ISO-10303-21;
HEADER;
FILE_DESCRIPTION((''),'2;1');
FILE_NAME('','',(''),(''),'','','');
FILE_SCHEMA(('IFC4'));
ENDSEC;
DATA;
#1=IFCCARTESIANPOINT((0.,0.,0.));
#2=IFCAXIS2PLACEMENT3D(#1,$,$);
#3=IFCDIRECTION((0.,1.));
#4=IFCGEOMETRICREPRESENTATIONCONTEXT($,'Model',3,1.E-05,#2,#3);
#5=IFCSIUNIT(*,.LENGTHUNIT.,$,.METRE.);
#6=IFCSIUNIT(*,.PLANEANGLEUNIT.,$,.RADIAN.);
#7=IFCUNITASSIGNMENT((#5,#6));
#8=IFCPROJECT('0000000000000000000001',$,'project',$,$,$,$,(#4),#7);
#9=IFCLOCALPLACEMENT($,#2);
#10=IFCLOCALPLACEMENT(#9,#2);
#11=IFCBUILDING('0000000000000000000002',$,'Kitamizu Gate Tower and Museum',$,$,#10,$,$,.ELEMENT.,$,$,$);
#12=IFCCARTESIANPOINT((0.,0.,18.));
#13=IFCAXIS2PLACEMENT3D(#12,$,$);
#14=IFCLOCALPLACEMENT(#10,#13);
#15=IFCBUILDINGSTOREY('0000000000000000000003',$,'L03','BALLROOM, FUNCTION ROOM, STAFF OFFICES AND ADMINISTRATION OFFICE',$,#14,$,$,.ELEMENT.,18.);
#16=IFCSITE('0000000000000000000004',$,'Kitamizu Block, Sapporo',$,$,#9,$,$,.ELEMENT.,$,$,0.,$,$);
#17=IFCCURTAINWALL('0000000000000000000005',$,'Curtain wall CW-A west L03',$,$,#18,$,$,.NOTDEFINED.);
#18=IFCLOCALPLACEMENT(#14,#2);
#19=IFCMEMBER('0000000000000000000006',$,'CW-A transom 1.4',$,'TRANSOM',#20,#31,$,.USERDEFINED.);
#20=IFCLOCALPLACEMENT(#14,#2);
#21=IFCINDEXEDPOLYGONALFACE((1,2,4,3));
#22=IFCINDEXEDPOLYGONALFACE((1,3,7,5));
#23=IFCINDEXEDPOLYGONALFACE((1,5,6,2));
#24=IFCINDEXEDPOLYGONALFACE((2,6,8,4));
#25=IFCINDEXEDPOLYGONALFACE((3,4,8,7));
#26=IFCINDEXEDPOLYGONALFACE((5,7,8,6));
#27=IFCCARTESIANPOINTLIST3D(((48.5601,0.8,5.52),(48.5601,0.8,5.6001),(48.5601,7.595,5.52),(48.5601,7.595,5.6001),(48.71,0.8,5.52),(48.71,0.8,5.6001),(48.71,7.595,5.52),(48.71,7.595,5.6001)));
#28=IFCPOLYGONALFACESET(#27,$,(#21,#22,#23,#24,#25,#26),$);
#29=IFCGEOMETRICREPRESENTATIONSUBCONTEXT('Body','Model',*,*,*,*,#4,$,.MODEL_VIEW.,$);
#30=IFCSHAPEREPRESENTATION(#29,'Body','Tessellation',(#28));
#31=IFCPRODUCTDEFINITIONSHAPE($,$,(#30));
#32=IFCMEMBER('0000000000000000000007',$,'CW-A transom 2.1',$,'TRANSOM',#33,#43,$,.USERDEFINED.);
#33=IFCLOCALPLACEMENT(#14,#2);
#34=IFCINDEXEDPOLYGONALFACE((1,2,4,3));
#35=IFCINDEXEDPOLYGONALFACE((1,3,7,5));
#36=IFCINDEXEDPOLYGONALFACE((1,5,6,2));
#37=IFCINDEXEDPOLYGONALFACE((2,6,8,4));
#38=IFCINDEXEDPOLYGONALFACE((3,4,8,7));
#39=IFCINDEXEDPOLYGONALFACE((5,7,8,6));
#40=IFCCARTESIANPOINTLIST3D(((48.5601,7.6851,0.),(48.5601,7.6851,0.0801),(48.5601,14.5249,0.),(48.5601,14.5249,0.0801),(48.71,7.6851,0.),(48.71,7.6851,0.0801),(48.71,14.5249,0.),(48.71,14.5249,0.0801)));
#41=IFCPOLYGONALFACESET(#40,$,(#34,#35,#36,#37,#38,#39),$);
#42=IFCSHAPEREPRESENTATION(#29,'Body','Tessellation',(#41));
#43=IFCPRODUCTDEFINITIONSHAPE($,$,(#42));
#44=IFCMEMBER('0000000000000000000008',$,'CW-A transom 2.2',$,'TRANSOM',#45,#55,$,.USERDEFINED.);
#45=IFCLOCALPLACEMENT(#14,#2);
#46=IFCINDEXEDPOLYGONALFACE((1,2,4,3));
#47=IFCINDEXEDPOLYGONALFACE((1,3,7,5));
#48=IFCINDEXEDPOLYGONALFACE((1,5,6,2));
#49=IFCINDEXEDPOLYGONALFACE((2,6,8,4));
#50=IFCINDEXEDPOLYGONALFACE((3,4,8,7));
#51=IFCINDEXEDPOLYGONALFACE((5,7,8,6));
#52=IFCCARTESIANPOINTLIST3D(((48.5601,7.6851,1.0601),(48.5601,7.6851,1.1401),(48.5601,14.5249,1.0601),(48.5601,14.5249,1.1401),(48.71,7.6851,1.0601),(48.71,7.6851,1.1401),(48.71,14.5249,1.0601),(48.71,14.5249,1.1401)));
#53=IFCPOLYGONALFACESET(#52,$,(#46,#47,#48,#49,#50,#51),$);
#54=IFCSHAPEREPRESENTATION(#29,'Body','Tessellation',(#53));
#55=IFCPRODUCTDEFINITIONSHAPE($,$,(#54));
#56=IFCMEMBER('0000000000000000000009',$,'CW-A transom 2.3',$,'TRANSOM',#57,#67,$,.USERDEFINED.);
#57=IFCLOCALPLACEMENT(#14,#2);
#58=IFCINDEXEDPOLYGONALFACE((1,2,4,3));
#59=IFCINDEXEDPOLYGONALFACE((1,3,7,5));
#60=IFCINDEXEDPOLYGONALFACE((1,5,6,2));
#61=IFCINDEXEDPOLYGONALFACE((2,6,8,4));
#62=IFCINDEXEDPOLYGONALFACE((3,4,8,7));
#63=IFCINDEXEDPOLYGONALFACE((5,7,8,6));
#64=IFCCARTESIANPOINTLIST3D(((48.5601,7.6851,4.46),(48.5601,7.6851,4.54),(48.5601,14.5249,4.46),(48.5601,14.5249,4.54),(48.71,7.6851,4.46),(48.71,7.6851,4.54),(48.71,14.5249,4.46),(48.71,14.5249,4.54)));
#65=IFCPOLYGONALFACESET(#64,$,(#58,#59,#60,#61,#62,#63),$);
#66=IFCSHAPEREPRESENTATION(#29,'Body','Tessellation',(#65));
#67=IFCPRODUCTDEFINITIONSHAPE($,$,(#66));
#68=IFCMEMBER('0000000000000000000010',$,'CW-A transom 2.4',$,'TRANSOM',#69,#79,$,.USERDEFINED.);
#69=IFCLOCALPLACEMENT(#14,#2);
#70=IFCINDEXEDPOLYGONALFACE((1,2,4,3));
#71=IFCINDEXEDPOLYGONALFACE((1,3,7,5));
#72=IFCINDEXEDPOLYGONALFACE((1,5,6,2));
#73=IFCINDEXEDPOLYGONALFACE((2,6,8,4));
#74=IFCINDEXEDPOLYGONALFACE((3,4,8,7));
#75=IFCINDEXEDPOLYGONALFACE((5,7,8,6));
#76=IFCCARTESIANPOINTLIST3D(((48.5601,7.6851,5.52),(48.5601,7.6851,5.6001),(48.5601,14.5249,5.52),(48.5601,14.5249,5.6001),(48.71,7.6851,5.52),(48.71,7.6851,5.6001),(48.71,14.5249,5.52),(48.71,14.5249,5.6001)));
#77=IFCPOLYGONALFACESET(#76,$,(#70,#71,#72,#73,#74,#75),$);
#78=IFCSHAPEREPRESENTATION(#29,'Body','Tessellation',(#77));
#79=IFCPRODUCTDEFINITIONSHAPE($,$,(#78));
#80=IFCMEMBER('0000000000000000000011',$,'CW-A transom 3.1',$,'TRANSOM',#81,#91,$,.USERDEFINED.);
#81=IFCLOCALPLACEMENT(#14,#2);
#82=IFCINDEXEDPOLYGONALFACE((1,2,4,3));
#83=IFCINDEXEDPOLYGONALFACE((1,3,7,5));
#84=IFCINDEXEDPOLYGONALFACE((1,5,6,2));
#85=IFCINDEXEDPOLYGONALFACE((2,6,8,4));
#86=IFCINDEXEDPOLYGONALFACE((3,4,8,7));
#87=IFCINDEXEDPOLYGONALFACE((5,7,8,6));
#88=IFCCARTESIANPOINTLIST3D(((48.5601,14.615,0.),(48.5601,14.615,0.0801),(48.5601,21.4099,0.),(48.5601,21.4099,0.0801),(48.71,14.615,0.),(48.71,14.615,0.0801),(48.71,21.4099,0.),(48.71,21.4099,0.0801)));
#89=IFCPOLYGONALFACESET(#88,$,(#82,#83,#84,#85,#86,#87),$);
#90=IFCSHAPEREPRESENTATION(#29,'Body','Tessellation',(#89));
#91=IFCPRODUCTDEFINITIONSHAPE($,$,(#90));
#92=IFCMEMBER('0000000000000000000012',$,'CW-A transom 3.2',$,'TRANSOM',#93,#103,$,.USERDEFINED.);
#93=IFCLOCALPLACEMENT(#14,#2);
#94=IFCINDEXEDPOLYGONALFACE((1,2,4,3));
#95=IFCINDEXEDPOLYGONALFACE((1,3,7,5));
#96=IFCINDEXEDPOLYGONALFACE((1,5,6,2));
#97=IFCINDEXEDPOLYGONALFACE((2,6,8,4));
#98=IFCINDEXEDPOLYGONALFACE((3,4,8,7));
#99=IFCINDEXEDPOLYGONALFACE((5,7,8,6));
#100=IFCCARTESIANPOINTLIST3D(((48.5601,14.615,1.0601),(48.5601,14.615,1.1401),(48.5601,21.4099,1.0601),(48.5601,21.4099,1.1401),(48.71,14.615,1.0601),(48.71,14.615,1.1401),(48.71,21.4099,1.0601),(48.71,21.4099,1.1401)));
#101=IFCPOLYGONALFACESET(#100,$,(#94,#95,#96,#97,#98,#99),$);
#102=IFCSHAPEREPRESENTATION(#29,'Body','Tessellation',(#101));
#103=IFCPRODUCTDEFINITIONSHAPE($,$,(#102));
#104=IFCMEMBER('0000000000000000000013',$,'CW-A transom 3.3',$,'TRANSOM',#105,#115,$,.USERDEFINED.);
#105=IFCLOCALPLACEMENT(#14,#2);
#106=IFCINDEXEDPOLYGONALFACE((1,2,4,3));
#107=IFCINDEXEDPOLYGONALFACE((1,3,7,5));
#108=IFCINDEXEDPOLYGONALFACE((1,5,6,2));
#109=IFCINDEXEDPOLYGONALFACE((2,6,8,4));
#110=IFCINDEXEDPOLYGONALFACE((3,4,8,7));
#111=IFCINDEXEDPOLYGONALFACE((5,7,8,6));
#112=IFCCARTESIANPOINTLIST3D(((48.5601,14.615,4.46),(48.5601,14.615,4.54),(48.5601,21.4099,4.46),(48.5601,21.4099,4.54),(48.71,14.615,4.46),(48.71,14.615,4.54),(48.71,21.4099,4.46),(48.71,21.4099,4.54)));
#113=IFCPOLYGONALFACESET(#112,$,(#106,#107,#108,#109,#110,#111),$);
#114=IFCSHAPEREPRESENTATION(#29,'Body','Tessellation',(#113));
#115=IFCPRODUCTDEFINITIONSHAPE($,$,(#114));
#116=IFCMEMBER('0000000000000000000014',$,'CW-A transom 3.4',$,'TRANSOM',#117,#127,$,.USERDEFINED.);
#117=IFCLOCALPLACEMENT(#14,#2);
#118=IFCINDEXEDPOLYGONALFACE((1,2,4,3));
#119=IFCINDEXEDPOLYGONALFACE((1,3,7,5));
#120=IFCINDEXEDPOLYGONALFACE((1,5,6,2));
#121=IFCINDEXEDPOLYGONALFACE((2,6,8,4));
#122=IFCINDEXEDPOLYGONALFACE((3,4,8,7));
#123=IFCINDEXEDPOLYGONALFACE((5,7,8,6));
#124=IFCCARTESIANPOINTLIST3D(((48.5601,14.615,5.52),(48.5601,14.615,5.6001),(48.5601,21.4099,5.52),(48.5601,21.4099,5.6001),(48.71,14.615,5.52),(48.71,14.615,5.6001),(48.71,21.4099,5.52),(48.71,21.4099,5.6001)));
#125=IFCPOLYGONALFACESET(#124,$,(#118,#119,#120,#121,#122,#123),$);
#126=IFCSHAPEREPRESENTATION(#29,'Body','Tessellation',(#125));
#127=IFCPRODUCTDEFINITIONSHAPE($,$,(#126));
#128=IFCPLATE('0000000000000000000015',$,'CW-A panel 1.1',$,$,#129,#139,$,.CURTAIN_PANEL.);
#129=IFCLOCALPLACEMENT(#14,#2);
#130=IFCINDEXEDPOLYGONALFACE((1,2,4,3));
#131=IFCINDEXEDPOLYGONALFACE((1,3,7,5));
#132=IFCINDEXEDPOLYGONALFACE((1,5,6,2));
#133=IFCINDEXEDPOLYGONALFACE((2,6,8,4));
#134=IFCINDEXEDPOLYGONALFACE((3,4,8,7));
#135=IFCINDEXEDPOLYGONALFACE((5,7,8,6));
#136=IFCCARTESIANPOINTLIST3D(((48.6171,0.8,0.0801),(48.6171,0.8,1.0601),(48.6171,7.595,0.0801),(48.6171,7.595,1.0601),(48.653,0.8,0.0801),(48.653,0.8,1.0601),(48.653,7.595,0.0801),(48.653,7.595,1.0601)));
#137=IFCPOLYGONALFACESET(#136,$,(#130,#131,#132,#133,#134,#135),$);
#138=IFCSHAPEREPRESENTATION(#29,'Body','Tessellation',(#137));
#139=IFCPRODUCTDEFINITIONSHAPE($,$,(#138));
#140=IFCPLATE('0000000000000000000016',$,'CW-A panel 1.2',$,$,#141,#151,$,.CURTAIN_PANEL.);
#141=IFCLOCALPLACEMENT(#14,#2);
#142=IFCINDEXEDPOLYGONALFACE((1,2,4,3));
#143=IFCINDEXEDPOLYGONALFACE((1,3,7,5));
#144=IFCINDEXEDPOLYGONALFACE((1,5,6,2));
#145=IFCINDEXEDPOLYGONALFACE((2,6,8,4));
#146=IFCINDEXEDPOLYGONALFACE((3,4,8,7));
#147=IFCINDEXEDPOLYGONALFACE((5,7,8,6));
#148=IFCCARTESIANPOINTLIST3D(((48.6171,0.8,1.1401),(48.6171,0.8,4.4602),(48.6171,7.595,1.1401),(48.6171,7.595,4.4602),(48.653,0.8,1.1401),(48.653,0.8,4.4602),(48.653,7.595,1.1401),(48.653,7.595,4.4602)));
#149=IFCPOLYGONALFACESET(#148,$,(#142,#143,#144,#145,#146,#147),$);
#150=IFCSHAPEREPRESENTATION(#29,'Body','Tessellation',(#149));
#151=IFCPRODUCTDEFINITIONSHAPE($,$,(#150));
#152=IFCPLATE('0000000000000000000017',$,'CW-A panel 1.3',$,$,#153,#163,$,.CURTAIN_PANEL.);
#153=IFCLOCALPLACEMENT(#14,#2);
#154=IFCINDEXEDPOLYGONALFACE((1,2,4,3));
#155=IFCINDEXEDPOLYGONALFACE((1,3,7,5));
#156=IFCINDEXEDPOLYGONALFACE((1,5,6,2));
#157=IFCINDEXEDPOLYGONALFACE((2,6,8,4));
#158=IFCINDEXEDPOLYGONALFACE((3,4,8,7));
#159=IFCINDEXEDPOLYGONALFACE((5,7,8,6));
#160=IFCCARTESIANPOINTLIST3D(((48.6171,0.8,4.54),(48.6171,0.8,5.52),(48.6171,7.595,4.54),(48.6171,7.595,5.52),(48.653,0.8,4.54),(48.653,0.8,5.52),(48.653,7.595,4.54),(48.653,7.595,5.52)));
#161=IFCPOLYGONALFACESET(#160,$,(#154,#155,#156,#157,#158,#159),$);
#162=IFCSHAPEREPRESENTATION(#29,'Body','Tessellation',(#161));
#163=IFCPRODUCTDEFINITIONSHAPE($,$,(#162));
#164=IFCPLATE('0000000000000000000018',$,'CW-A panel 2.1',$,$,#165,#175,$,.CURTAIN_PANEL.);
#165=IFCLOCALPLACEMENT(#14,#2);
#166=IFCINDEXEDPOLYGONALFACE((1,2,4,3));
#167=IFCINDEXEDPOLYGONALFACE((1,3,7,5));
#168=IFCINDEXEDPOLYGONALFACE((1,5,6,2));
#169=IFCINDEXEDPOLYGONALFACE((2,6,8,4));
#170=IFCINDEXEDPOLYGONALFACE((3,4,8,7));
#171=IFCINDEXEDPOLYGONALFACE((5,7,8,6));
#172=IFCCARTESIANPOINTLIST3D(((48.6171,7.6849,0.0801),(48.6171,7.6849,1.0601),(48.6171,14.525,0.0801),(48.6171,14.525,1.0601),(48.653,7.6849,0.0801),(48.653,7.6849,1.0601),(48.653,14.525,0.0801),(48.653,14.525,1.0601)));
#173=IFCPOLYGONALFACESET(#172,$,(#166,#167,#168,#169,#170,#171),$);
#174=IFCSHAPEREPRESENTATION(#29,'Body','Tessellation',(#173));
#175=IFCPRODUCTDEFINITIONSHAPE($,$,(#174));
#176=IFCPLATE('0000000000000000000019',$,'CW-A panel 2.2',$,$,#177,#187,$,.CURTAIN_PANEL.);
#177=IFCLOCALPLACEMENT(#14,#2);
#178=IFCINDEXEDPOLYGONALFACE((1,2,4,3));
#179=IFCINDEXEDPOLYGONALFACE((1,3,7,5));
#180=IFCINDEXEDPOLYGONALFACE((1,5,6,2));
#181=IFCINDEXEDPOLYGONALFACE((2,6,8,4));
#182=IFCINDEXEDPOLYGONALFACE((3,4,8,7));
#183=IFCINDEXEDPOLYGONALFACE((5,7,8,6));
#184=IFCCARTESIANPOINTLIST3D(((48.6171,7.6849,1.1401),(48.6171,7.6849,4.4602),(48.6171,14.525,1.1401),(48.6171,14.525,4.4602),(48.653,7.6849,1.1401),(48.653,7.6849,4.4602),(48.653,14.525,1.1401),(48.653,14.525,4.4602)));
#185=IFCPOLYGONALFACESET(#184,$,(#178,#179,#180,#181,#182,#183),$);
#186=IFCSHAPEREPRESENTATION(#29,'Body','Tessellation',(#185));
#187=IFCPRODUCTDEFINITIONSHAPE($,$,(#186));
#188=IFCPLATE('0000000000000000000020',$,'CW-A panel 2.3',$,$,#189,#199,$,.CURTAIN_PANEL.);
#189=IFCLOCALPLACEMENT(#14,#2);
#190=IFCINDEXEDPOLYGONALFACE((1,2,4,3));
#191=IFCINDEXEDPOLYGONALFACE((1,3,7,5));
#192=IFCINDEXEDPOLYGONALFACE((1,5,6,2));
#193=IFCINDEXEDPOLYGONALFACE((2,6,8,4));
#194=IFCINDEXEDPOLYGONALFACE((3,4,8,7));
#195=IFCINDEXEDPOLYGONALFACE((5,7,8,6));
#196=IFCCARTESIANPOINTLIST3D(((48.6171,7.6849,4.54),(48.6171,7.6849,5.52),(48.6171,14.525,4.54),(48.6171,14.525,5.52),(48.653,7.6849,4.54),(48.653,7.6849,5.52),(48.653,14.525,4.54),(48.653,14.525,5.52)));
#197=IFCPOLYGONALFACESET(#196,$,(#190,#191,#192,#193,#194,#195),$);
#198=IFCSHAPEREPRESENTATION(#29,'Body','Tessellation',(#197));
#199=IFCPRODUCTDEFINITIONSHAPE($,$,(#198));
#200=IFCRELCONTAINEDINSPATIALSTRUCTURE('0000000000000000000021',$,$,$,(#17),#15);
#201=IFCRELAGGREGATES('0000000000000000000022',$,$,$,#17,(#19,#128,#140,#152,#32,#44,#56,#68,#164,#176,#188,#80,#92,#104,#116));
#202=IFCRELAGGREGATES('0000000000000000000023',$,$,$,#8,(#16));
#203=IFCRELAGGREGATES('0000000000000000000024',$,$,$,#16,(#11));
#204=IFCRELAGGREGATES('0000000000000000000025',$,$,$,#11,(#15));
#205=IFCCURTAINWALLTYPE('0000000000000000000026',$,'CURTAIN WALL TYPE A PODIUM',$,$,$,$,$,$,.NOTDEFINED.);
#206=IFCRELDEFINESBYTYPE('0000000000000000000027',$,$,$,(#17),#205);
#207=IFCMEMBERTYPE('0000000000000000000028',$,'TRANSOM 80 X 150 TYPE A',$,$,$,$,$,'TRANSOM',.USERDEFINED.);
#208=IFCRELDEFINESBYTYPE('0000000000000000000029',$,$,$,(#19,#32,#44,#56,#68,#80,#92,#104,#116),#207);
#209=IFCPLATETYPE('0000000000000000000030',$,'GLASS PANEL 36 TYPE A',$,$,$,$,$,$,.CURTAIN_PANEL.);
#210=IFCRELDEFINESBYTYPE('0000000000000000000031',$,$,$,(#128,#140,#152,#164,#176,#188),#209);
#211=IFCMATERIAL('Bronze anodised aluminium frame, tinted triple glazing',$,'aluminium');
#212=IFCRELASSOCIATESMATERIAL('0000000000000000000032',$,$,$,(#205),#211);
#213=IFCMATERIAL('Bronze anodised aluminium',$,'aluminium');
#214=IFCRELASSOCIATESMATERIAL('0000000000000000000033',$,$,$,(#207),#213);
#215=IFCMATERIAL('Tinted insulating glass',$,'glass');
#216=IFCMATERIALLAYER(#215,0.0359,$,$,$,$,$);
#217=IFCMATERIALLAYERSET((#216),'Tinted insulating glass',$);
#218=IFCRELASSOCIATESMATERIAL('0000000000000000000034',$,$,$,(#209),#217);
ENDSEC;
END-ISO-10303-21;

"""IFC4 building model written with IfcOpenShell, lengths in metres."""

from ifc_helpers import new_model, si_unit, direction, frame, origin, origin_2d, place, context, subcontext, project, spatial, rectangle, extrude, material, layer, layer_set, material_profile, profile_set, type_object, element, aggregate, save


model = new_model("IFC4")

# Units and contexts
model_context = context("Model", 3, precision=1e-05, world=origin(), true_north=direction((0.0, 1.0)))
body_context = subcontext(model_context, "Body", "Model", "MODEL_VIEW")
ifc_project = project(units=[si_unit("LENGTHUNIT", "METRE"), si_unit("PLANEANGLEUNIT", "RADIAN")], contexts=[model_context])

# Site, building, storey
site_placement = place(None, origin())
site = spatial("IfcSite", under=ifc_project, at=site_placement, Name="Kitamizu Block, Sapporo", CompositionType="ELEMENT", RefElevation=0.0)
building_placement = place(site_placement, origin())
building = spatial("IfcBuilding", under=site, at=building_placement, Name="Kitamizu Gate Tower and Museum", CompositionType="ELEMENT")
storey_placement = place(building_placement, frame((0.0, 0.0, 18.0)))
storey = spatial("IfcBuildingStorey", under=building, at=storey_placement, Name="L03", Description="BALLROOM, FUNCTION ROOM, STAFF OFFICES AND ADMINISTRATION OFFICE", CompositionType="ELEMENT", Elevation=18.0)

# Curtain wall, members, plates
ifc_material_1 = material(Name="Bronze anodised aluminium frame, tinted triple glazing", Category="aluminium")
curtain_wall_type = type_object("IfcCurtainWallType", Name="CURTAIN WALL TYPE A PODIUM", PredefinedType="NOTDEFINED", material=ifc_material_1)
curtain_wall_placement = place(storey_placement, origin())
curtain_wall = element("IfcCurtainWall", 1, at=curtain_wall_placement, inside=storey, type_object=curtain_wall_type, Name="Curtain wall CW-A west L03", PredefinedType="NOTDEFINED")
ifc_material_2 = material(Name="Bronze anodised aluminium", Category="aluminium")
ifc_material_profile_1 = material_profile(ifc_material_2, rectangle(XDim=0.1499, YDim=0.0801, at=origin_2d()), Name="AL 80X150")
ifc_profile_set_1 = profile_set([ifc_material_profile_1], Name="Bronze anodised aluminium")
member_type_1 = type_object("IfcMemberType", Name="TRANSOM 80 X 150 TYPE A", ElementType="TRANSOM", PredefinedType="USERDEFINED", material=ifc_profile_set_1)
member_1_placement = place(storey_placement, frame((48.635, 0.8, 5.5601), z_axis=(0.0, 1.0, 0.0), x_axis=(-1.0, 0.0, 0.0)))
member_1 = element("IfcMember", 2, at=member_1_placement, type_object=member_type_1, Name="CW-A transom 1.4", ObjectType="TRANSOM", PredefinedType="USERDEFINED", context=body_context, shape_type="SweptSolid", body=[
    extrude(rectangle(XDim=0.1499, YDim=0.0801, at=origin_2d()), origin(), (0.0, 0.0, 1.0), 6.7949),
])
member_2_placement = place(storey_placement, frame((48.635, 7.6851, 0.04), z_axis=(0.0, 1.0, 0.0), x_axis=(-1.0, 0.0, 0.0)))
member_2 = element("IfcMember", 3, at=member_2_placement, type_object=member_type_1, Name="CW-A transom 2.1", ObjectType="TRANSOM", PredefinedType="USERDEFINED", context=body_context, shape_type="SweptSolid", body=[
    extrude(rectangle(XDim=0.1499, YDim=0.0801, at=origin_2d()), origin(), (0.0, 0.0, 1.0), 6.8398),
])
member_3_placement = place(storey_placement, frame((48.635, 7.6851, 1.1001), z_axis=(0.0, 1.0, 0.0), x_axis=(-1.0, 0.0, 0.0)))
member_3 = element("IfcMember", 4, at=member_3_placement, type_object=member_type_1, Name="CW-A transom 2.2", ObjectType="TRANSOM", PredefinedType="USERDEFINED", context=body_context, shape_type="SweptSolid", body=[
    extrude(rectangle(XDim=0.1499, YDim=0.0801, at=origin_2d()), origin(), (0.0, 0.0, 1.0), 6.8398),
])
member_4_placement = place(storey_placement, frame((48.635, 7.6851, 4.5), z_axis=(0.0, 1.0, 0.0), x_axis=(-1.0, 0.0, 0.0)))
member_4 = element("IfcMember", 5, at=member_4_placement, type_object=member_type_1, Name="CW-A transom 2.3", ObjectType="TRANSOM", PredefinedType="USERDEFINED", context=body_context, shape_type="SweptSolid", body=[
    extrude(rectangle(XDim=0.1499, YDim=0.0801, at=origin_2d()), origin(), (0.0, 0.0, 1.0), 6.8398),
])
member_5_placement = place(storey_placement, frame((48.635, 7.6851, 5.5601), z_axis=(0.0, 1.0, 0.0), x_axis=(-1.0, 0.0, 0.0)))
member_5 = element("IfcMember", 6, at=member_5_placement, type_object=member_type_1, Name="CW-A transom 2.4", ObjectType="TRANSOM", PredefinedType="USERDEFINED", context=body_context, shape_type="SweptSolid", body=[
    extrude(rectangle(XDim=0.1499, YDim=0.0801, at=origin_2d()), origin(), (0.0, 0.0, 1.0), 6.8398),
])
member_6_placement = place(storey_placement, frame((48.635, 14.615, 0.04), z_axis=(0.0, 1.0, 0.0), x_axis=(-1.0, 0.0, 0.0)))
member_6 = element("IfcMember", 7, at=member_6_placement, type_object=member_type_1, Name="CW-A transom 3.1", ObjectType="TRANSOM", PredefinedType="USERDEFINED", context=body_context, shape_type="SweptSolid", body=[
    extrude(rectangle(XDim=0.1499, YDim=0.0801, at=origin_2d()), origin(), (0.0, 0.0, 1.0), 6.7949),
])
member_7_placement = place(storey_placement, frame((48.635, 14.615, 1.1001), z_axis=(0.0, 1.0, 0.0), x_axis=(-1.0, 0.0, 0.0)))
member_7 = element("IfcMember", 8, at=member_7_placement, type_object=member_type_1, Name="CW-A transom 3.2", ObjectType="TRANSOM", PredefinedType="USERDEFINED", context=body_context, shape_type="SweptSolid", body=[
    extrude(rectangle(XDim=0.1499, YDim=0.0801, at=origin_2d()), origin(), (0.0, 0.0, 1.0), 6.7949),
])
member_8_placement = place(storey_placement, frame((48.635, 14.615, 4.5), z_axis=(0.0, 1.0, 0.0), x_axis=(-1.0, 0.0, 0.0)))
member_8 = element("IfcMember", 9, at=member_8_placement, type_object=member_type_1, Name="CW-A transom 3.3", ObjectType="TRANSOM", PredefinedType="USERDEFINED", context=body_context, shape_type="SweptSolid", body=[
    extrude(rectangle(XDim=0.1499, YDim=0.0801, at=origin_2d()), origin(), (0.0, 0.0, 1.0), 6.7949),
])
member_9_placement = place(storey_placement, frame((48.635, 14.615, 5.5601), z_axis=(0.0, 1.0, 0.0), x_axis=(-1.0, 0.0, 0.0)))
member_9 = element("IfcMember", 10, at=member_9_placement, type_object=member_type_1, Name="CW-A transom 3.4", ObjectType="TRANSOM", PredefinedType="USERDEFINED", context=body_context, shape_type="SweptSolid", body=[
    extrude(rectangle(XDim=0.1499, YDim=0.0801, at=origin_2d()), origin(), (0.0, 0.0, 1.0), 6.7949),
])
ifc_material_3 = material(Name="Tinted insulating glass", Category="glass")
ifc_layer_1 = layer(ifc_material_3, 0.0359)
ifc_layer_set_1 = layer_set([ifc_layer_1], Name="Tinted insulating glass")
plate_type = type_object("IfcPlateType", Name="GLASS PANEL 36 TYPE A", PredefinedType="CURTAIN_PANEL", material=ifc_layer_set_1)
plate_1_placement = place(storey_placement, frame((48.635, 4.1975, 0.0801), z_axis=(0.0, 0.0, 1.0), x_axis=(0.0, 1.0, 0.0)))
plate_1 = element("IfcPlate", 11, at=plate_1_placement, type_object=plate_type, Name="CW-A panel 1.1", PredefinedType="CURTAIN_PANEL", context=body_context, shape_type="SweptSolid", body=[
    extrude(rectangle(XDim=6.7949, YDim=0.0359, at=origin_2d()), origin(), (0.0, 0.0, 1.0), 0.98),
])
plate_2_placement = place(storey_placement, frame((48.635, 4.1975, 1.1401), z_axis=(0.0, 0.0, 1.0), x_axis=(0.0, 1.0, 0.0)))
plate_2 = element("IfcPlate", 12, at=plate_2_placement, type_object=plate_type, Name="CW-A panel 1.2", PredefinedType="CURTAIN_PANEL", context=body_context, shape_type="SweptSolid", body=[
    extrude(rectangle(XDim=6.7949, YDim=0.0359, at=origin_2d()), origin(), (0.0, 0.0, 1.0), 3.3201),
])
plate_3_placement = place(storey_placement, frame((48.635, 4.1975, 4.54), z_axis=(0.0, 0.0, 1.0), x_axis=(0.0, 1.0, 0.0)))
plate_3 = element("IfcPlate", 13, at=plate_3_placement, type_object=plate_type, Name="CW-A panel 1.3", PredefinedType="CURTAIN_PANEL", context=body_context, shape_type="SweptSolid", body=[
    extrude(rectangle(XDim=6.7949, YDim=0.0359, at=origin_2d()), origin(), (0.0, 0.0, 1.0), 0.98),
])
plate_4_placement = place(storey_placement, frame((48.635, 11.105, 0.0801), z_axis=(0.0, 0.0, 1.0), x_axis=(0.0, 1.0, 0.0)))
plate_4 = element("IfcPlate", 14, at=plate_4_placement, type_object=plate_type, Name="CW-A panel 2.1", PredefinedType="CURTAIN_PANEL", context=body_context, shape_type="SweptSolid", body=[
    extrude(rectangle(XDim=6.8401, YDim=0.0359, at=origin_2d()), origin(), (0.0, 0.0, 1.0), 0.98),
])
plate_5_placement = place(storey_placement, frame((48.635, 11.105, 1.1401), z_axis=(0.0, 0.0, 1.0), x_axis=(0.0, 1.0, 0.0)))
plate_5 = element("IfcPlate", 15, at=plate_5_placement, type_object=plate_type, Name="CW-A panel 2.2", PredefinedType="CURTAIN_PANEL", context=body_context, shape_type="SweptSolid", body=[
    extrude(rectangle(XDim=6.8401, YDim=0.0359, at=origin_2d()), origin(), (0.0, 0.0, 1.0), 3.3201),
])
plate_6_placement = place(storey_placement, frame((48.635, 11.105, 4.54), z_axis=(0.0, 0.0, 1.0), x_axis=(0.0, 1.0, 0.0)))
plate_6 = element("IfcPlate", 16, at=plate_6_placement, type_object=plate_type, Name="CW-A panel 2.3", PredefinedType="CURTAIN_PANEL", context=body_context, shape_type="SweptSolid", body=[
    extrude(rectangle(XDim=6.8401, YDim=0.0359, at=origin_2d()), origin(), (0.0, 0.0, 1.0), 0.98),
])
aggregate(curtain_wall, [member_1, plate_1, plate_2, plate_3, member_2, member_3, member_4, member_5, plate_4, plate_5, plate_6, member_6, member_7, member_8, member_9])

save(model, "model.ifc")
